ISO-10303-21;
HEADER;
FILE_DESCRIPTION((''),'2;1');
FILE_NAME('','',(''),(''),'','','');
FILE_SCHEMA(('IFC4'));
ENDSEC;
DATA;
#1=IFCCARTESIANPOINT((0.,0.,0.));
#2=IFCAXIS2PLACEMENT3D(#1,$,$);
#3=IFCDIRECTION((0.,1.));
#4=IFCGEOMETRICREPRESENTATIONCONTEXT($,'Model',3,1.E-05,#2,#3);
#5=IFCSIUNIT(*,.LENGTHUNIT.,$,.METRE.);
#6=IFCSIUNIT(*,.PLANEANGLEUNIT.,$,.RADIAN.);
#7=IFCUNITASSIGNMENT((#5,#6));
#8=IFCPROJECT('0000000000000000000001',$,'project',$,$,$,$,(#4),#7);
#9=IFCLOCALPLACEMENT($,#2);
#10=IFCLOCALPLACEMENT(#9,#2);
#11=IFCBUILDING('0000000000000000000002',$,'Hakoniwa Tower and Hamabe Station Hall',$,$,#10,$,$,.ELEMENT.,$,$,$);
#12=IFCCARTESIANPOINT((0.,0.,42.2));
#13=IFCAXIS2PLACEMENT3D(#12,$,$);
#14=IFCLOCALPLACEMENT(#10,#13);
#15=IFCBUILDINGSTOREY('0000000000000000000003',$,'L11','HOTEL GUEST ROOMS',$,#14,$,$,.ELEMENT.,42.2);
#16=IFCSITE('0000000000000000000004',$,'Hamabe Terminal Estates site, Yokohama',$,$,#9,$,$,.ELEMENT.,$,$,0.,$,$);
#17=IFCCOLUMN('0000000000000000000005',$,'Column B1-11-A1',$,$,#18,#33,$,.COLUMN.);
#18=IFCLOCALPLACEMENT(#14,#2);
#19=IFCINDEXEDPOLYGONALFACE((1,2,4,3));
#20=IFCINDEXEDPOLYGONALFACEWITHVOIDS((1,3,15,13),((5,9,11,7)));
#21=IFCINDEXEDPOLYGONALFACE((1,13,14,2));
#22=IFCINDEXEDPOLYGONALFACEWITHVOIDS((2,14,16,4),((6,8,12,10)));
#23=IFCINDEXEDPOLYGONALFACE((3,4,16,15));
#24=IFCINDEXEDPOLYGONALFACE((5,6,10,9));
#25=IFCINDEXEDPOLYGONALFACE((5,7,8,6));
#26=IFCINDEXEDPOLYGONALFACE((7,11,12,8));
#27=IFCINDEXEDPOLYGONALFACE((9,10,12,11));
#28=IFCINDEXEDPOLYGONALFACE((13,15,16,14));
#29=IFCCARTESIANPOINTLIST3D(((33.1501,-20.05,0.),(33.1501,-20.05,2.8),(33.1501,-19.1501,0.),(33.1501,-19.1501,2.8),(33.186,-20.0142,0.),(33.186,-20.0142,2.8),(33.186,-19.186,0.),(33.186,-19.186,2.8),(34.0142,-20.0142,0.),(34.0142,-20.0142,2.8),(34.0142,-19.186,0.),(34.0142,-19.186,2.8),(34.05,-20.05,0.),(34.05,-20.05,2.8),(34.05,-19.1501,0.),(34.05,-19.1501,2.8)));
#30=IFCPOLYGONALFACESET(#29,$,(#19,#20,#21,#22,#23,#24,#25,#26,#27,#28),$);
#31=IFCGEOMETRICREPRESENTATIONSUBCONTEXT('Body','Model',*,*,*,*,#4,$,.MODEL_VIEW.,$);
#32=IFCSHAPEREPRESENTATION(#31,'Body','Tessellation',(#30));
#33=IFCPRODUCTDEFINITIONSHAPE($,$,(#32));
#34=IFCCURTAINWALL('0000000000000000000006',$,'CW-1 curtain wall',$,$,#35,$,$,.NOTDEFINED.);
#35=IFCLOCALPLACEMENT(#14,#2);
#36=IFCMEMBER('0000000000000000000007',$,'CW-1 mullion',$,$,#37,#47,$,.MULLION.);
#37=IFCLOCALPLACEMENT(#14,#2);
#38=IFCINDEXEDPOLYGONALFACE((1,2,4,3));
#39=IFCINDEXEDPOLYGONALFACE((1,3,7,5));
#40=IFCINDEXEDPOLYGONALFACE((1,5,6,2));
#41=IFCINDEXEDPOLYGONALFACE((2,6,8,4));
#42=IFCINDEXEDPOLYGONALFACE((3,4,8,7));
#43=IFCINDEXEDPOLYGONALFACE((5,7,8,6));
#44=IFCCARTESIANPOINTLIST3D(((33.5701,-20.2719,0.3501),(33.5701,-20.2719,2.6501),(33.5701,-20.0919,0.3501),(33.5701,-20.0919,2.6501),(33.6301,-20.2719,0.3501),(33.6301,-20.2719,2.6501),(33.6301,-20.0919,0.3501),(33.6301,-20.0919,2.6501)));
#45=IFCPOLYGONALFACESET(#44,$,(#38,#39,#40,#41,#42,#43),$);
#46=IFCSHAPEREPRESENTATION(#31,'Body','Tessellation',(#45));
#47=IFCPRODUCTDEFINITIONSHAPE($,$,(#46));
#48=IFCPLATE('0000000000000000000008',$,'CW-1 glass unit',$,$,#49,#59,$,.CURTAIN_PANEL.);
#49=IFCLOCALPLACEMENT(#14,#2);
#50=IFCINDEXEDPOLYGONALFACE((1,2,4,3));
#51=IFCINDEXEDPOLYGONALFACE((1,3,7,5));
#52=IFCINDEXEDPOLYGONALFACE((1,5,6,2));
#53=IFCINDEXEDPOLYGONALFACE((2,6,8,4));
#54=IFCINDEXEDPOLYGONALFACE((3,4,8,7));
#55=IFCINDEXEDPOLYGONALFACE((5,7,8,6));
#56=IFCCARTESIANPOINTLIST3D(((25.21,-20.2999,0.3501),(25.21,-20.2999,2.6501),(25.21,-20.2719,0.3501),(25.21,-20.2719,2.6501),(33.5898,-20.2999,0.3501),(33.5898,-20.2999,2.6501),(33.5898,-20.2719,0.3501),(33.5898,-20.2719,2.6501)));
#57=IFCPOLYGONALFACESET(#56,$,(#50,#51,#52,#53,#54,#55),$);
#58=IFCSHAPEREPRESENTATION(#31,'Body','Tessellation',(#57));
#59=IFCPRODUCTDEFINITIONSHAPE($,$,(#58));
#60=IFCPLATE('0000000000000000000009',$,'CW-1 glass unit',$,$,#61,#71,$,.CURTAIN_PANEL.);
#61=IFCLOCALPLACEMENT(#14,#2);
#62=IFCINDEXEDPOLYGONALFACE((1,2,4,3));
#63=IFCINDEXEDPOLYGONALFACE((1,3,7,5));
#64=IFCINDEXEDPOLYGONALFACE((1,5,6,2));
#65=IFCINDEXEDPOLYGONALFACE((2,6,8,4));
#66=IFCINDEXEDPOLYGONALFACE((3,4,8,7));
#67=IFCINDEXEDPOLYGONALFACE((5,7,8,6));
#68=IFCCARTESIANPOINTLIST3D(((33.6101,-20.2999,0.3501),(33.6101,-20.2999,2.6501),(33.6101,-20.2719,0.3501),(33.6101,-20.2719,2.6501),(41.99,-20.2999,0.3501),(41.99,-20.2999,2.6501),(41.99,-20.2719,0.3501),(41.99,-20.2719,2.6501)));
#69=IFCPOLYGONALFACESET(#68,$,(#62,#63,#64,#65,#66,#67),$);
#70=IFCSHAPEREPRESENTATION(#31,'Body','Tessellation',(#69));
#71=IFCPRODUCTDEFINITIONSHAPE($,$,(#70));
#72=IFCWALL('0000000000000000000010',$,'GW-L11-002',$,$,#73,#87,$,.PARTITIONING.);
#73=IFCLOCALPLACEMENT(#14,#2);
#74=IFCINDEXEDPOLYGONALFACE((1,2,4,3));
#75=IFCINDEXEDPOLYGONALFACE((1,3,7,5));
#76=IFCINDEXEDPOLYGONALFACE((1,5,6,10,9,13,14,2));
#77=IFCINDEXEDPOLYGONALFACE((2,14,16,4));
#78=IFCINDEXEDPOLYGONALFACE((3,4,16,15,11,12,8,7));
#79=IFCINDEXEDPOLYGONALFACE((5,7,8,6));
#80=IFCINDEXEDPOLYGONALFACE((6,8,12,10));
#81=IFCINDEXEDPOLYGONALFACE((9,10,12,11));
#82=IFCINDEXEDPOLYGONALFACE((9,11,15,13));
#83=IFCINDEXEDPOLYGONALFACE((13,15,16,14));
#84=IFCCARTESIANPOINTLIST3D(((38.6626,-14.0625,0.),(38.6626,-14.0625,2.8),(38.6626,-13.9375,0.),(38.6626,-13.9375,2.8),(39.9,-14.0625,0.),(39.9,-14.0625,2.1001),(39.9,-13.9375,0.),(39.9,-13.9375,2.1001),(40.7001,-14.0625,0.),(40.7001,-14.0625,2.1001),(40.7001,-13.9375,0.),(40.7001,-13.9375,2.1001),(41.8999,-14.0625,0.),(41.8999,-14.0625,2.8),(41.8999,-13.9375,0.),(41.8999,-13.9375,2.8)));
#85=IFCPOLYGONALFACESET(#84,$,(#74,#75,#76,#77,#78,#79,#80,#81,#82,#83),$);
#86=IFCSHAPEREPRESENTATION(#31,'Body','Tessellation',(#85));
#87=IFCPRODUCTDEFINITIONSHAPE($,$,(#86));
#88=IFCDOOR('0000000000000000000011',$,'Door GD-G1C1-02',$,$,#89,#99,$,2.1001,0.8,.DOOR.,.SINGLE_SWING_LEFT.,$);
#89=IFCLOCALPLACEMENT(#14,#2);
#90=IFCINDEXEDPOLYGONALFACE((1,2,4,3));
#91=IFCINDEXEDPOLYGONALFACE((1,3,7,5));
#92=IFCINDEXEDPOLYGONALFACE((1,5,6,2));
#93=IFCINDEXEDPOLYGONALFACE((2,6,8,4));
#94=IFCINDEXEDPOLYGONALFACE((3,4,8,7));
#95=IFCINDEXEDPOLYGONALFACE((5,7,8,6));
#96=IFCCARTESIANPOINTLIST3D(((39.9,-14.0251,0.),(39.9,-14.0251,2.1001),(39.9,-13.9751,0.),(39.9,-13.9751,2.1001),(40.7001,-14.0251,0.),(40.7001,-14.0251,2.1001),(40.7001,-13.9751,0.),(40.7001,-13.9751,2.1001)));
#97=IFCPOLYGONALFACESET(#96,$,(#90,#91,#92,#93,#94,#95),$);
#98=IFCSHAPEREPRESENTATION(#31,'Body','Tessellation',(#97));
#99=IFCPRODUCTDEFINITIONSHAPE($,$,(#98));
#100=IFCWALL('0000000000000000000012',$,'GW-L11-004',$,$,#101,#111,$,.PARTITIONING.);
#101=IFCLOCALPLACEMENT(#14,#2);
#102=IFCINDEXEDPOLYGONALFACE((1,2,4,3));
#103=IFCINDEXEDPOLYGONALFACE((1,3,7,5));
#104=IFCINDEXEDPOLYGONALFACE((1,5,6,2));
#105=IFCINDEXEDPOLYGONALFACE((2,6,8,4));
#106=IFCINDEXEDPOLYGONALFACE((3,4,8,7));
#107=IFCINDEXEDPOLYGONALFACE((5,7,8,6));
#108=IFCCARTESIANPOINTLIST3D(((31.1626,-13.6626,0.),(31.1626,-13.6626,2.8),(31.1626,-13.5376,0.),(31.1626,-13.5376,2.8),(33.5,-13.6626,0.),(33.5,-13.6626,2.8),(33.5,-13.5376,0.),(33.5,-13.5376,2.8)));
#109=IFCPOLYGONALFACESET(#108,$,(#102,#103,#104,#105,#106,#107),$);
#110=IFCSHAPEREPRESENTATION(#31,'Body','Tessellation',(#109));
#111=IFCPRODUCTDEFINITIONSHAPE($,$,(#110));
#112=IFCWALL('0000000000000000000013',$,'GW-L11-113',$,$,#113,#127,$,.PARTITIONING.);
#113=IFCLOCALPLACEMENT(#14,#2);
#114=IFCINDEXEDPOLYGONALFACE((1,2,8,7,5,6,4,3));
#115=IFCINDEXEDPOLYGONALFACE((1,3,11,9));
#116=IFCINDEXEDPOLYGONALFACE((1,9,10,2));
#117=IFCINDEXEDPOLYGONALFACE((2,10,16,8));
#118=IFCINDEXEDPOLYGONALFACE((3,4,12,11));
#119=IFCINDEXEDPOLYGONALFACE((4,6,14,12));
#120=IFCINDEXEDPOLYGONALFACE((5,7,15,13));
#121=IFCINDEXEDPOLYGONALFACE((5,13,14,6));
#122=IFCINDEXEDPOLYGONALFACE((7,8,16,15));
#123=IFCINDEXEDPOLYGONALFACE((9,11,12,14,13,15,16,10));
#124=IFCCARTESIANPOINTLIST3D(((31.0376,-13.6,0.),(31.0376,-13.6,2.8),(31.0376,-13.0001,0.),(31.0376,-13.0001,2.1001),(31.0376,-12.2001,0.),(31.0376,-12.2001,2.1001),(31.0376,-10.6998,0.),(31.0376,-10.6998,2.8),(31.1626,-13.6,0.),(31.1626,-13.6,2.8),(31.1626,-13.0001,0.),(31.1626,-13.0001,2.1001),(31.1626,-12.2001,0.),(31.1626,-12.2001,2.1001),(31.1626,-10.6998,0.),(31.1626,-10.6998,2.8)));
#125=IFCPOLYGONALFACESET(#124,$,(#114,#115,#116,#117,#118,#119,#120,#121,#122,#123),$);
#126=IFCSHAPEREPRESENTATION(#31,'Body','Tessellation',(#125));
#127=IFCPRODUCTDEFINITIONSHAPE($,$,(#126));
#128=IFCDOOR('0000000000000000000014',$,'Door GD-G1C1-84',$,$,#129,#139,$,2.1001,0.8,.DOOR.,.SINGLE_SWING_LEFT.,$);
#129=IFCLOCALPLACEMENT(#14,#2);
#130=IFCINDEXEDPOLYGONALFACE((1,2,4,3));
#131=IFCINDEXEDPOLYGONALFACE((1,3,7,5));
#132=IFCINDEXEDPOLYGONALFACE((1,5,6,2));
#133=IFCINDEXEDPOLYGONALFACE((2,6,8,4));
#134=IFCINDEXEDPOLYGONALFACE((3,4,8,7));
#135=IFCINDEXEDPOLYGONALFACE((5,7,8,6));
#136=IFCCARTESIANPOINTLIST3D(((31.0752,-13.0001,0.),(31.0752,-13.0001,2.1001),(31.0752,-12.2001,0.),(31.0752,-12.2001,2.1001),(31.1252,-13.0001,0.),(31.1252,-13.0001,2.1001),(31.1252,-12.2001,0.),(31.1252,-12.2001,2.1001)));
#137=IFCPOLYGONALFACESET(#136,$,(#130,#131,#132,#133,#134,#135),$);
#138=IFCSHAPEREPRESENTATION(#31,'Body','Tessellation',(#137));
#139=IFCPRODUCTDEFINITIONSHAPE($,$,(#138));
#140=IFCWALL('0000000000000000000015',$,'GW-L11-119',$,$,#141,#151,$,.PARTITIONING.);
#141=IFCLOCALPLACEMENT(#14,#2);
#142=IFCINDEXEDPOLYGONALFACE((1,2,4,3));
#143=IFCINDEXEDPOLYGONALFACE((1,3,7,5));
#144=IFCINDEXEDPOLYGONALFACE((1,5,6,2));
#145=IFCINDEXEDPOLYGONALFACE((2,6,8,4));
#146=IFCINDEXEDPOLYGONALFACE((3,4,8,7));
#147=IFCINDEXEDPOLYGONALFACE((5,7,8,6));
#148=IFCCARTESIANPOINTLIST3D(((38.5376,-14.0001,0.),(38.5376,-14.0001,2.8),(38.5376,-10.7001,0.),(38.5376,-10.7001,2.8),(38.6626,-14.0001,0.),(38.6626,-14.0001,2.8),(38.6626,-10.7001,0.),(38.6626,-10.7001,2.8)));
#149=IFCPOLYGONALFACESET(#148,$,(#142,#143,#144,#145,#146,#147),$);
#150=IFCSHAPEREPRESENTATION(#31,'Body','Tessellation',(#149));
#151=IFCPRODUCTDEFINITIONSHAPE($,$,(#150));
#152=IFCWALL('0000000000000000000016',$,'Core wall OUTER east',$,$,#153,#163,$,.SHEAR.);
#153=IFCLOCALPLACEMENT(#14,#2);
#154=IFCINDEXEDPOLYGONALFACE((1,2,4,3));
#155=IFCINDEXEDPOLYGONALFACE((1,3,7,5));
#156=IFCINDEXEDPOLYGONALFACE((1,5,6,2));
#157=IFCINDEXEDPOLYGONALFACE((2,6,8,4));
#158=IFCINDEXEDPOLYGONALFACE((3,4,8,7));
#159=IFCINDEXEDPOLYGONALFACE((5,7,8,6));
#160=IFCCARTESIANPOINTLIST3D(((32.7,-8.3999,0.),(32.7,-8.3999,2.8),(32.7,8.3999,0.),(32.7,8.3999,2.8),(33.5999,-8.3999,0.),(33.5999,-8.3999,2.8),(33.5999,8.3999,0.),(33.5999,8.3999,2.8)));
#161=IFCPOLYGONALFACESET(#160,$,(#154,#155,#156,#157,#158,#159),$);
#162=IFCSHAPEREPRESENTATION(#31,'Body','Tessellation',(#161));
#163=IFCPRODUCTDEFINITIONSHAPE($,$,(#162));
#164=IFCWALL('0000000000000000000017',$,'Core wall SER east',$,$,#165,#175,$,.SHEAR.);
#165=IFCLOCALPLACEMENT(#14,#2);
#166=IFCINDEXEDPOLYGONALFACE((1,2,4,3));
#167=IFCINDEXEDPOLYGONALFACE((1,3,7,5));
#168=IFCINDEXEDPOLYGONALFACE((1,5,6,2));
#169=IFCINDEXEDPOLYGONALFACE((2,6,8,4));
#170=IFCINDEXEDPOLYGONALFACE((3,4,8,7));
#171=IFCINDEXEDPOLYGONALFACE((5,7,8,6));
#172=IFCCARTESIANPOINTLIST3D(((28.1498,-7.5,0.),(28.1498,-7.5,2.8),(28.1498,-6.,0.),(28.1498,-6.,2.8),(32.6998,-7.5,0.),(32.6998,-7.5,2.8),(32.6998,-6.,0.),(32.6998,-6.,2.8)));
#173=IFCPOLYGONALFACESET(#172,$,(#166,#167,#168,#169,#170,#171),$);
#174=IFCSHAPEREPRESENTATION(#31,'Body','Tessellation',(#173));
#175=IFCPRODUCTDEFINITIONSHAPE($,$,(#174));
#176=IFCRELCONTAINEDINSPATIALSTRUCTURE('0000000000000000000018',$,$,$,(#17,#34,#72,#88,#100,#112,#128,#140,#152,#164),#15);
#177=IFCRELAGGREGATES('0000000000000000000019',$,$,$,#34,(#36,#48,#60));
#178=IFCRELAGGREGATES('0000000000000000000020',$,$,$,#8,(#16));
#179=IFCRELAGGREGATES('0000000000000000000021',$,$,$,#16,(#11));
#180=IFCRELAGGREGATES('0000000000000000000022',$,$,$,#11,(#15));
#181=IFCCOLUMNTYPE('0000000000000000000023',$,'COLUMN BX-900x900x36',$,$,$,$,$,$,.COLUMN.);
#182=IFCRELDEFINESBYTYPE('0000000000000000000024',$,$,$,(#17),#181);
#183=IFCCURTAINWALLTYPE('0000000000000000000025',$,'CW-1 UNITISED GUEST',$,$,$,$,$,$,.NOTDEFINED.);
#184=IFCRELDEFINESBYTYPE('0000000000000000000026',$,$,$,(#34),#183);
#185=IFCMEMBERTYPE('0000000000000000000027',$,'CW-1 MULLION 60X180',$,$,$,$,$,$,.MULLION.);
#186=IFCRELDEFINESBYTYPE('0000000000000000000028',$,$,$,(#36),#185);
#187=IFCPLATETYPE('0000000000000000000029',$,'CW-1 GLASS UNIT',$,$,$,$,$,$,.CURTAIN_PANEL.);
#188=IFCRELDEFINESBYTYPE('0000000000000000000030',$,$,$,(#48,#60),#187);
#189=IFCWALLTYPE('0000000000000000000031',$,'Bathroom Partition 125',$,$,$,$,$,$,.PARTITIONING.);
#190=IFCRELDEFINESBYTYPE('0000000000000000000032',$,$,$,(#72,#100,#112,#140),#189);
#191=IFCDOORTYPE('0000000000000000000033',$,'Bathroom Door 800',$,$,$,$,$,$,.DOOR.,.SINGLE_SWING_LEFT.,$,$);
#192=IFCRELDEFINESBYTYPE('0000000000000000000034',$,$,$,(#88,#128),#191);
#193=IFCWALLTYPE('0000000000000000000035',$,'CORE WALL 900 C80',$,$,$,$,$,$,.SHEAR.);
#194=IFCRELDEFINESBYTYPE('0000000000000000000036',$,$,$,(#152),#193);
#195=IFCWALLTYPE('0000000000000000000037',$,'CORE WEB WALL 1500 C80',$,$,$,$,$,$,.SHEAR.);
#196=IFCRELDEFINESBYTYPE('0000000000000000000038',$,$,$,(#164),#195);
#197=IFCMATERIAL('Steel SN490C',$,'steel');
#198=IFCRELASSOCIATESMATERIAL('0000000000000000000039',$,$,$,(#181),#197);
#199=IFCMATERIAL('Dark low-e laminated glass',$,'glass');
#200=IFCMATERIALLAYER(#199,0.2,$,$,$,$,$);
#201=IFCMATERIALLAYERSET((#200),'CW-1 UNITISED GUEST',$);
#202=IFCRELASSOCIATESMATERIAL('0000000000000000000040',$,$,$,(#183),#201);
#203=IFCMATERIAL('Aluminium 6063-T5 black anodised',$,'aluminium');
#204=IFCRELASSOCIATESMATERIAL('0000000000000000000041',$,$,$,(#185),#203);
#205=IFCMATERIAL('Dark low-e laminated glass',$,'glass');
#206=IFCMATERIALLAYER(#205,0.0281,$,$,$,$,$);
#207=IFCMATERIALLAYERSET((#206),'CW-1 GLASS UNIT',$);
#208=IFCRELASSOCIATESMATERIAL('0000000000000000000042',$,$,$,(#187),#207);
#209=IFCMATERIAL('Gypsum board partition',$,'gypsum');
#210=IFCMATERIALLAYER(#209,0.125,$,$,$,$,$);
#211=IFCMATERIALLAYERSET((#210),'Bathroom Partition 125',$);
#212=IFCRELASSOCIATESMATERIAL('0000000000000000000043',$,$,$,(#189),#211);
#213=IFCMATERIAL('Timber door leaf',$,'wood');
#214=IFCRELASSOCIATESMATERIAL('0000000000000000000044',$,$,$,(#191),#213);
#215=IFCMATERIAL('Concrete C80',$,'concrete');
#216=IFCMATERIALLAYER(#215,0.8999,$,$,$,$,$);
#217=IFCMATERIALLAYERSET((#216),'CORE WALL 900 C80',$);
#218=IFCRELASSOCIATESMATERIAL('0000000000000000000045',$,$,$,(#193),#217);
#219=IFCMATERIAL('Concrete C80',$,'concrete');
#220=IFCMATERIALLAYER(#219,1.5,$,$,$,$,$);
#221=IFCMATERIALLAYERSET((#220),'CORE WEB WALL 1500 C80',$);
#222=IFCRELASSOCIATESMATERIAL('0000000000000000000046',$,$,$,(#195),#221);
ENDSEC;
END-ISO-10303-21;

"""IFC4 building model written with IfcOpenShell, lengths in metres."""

from ifc_helpers import new_model, si_unit, direction, frame, frame_2d, origin, origin_2d, place, context, subcontext, project, spatial, rectangle, hollow_rectangle, extrude, material, layer, layer_set, material_profile, profile_set, type_object, element, fill, aggregate, save


model = new_model("IFC4")

# Units and contexts
model_context = context("Model", 3, precision=1e-05, world=origin(), true_north=direction((0.0, 1.0)))
body_context = subcontext(model_context, "Body", "Model", "MODEL_VIEW")
ifc_project = project(units=[si_unit("LENGTHUNIT", "METRE"), si_unit("PLANEANGLEUNIT", "RADIAN")], contexts=[model_context])

# Site, building, storey
site_placement = place(None, origin())
site = spatial("IfcSite", under=ifc_project, at=site_placement, Name="Hamabe Terminal Estates site, Yokohama", CompositionType="ELEMENT", RefElevation=0.0)
building_placement = place(site_placement, origin())
building = spatial("IfcBuilding", under=site, at=building_placement, Name="Hakoniwa Tower and Hamabe Station Hall", CompositionType="ELEMENT")
storey_placement = place(building_placement, frame((0.0, 0.0, 42.2)))
storey = spatial("IfcBuildingStorey", under=building, at=storey_placement, Name="L11", Description="HOTEL GUEST ROOMS", CompositionType="ELEMENT", Elevation=42.2)

# Column
ifc_material_1 = material(Name="Steel SN490C", Category="steel")
ifc_material_profile_1 = material_profile(ifc_material_1, hollow_rectangle(XDim=0.8999, YDim=0.8999, WallThickness=0.0359, at=origin_2d()), Name="BX-900x900x36")
ifc_profile_set_1 = profile_set([ifc_material_profile_1], Name="Steel SN490C")
column_type = type_object("IfcColumnType", Name="COLUMN BX-900x900x36", PredefinedType="COLUMN", material=ifc_profile_set_1)
column_placement = place(storey_placement, frame((33.6001, -19.6001, 0.0), z_axis=(0.0, 0.0, 1.0), x_axis=(1.0, 0.0, 0.0)))
element("IfcColumn", 1, at=column_placement, inside=storey, type_object=column_type, Name="Column B1-11-A1", PredefinedType="COLUMN", context=body_context, shape_type="SweptSolid", body=[
    extrude(hollow_rectangle(XDim=0.8999, YDim=0.8999, WallThickness=0.0359, at=origin_2d()), origin(), (0.0, 0.0, 1.0), 2.8),
])

# Curtain wall, member, plates
ifc_material_2 = material(Name="Dark low-e laminated glass", Category="glass")
ifc_layer_1 = layer(ifc_material_2, 0.2)
ifc_layer_set_1 = layer_set([ifc_layer_1], Name="CW-1 UNITISED GUEST")
curtain_wall_type = type_object("IfcCurtainWallType", Name="CW-1 UNITISED GUEST", PredefinedType="NOTDEFINED", material=ifc_layer_set_1)
curtain_wall_placement = place(storey_placement, origin())
curtain_wall = element("IfcCurtainWall", 2, at=curtain_wall_placement, inside=storey, type_object=curtain_wall_type, Name="CW-1 curtain wall", PredefinedType="NOTDEFINED")
ifc_material_3 = material(Name="Aluminium 6063-T5 black anodised", Category="aluminium")
ifc_material_profile_2 = material_profile(ifc_material_3, rectangle(XDim=0.0601, YDim=0.1799, at=origin_2d()), Name="CW-1 MULLION 60X180")
ifc_profile_set_2 = profile_set([ifc_material_profile_2], Name="Aluminium 6063-T5 black anodised")
member_type = type_object("IfcMemberType", Name="CW-1 MULLION 60X180", PredefinedType="MULLION", material=ifc_profile_set_2)
member_placement = place(storey_placement, frame((33.6001, -20.1819, 0.3501), z_axis=(0.0, 0.0, 1.0), x_axis=(1.0, 0.0, 0.0)))
member = element("IfcMember", 3, at=member_placement, type_object=member_type, Name="CW-1 mullion", PredefinedType="MULLION", context=body_context, shape_type="SweptSolid", body=[
    extrude(rectangle(XDim=0.0601, YDim=0.1799, at=origin_2d()), origin(), (0.0, 0.0, 1.0), 2.3),
])
ifc_material_4 = material(Name="Dark low-e laminated glass", Category="glass")
ifc_layer_2 = layer(ifc_material_4, 0.0281)
ifc_layer_set_2 = layer_set([ifc_layer_2], Name="CW-1 GLASS UNIT")
plate_type = type_object("IfcPlateType", Name="CW-1 GLASS UNIT", PredefinedType="CURTAIN_PANEL", material=ifc_layer_set_2)
plate_1_placement = place(storey_placement, frame((29.3999, -20.2859, 0.3501), z_axis=(0.0, 0.0, 1.0), x_axis=(1.0, 0.0, 0.0)))
plate_1 = element("IfcPlate", 4, at=plate_1_placement, type_object=plate_type, Name="CW-1 glass unit", PredefinedType="CURTAIN_PANEL", context=body_context, shape_type="SweptSolid", body=[
    extrude(rectangle(XDim=8.3799, YDim=0.0281, at=origin_2d()), origin(), (0.0, 0.0, 1.0), 2.3),
])
plate_2_placement = place(storey_placement, frame((37.8, -20.2859, 0.3501), z_axis=(0.0, 0.0, 1.0), x_axis=(1.0, 0.0, 0.0)))
plate_2 = element("IfcPlate", 5, at=plate_2_placement, type_object=plate_type, Name="CW-1 glass unit", PredefinedType="CURTAIN_PANEL", context=body_context, shape_type="SweptSolid", body=[
    extrude(rectangle(XDim=8.3799, YDim=0.0281, at=origin_2d()), origin(), (0.0, 0.0, 1.0), 2.3),
])
aggregate(curtain_wall, [member, plate_1, plate_2])

# Wall, opening, door
ifc_material_5 = material(Name="Gypsum board partition", Category="gypsum")
ifc_layer_3 = layer(ifc_material_5, 0.125)
ifc_layer_set_3 = layer_set([ifc_layer_3], Name="Bathroom Partition 125")
wall_type_1 = type_object("IfcWallType", Name="Bathroom Partition 125", PredefinedType="PARTITIONING", material=ifc_layer_set_3)
wall_1_placement = place(storey_placement, frame((38.6626, -14.0, 0.0), z_axis=(0.0, 0.0, 1.0), x_axis=(1.0, 0.0, 0.0)))
wall_1 = element("IfcWall", 6, at=wall_1_placement, inside=storey, type_object=wall_type_1, Name="GW-L11-002", PredefinedType="PARTITIONING", context=body_context, shape_type="SweptSolid", body=[
    extrude(rectangle(XDim=3.2373, YDim=0.125, at=frame_2d((1.6187, 0.0))), origin(), (0.0, 0.0, 1.0), 2.8),
])
opening_1_placement = place(wall_1_placement, frame((1.2375, 0.0, 0.0)))
opening_1 = element("IfcOpeningElement", 7, at=opening_1_placement, cuts=wall_1, PredefinedType="OPENING", context=body_context, shape_type="SweptSolid", body=[
    extrude(rectangle(XDim=0.8, YDim=2.1001, at=frame_2d((0.3999, 1.05))), frame((0.0, 0.0725, 0.0), z_axis=(0.0, -1.0, 0.0), x_axis=(1.0, 0.0, 0.0)), (0.0, 0.0, 1.0), 0.145),
])
ifc_material_6 = material(Name="Timber door leaf", Category="wood")
door_type_1 = type_object("IfcDoorType", Name="Bathroom Door 800", OperationType="SINGLE_SWING_LEFT", PredefinedType="DOOR", material=ifc_material_6)
door_1_placement = place(opening_1_placement, origin())
door_1 = element("IfcDoor", 8, at=door_1_placement, inside=storey, type_object=door_type_1, Name="Door GD-G1C1-02", OperationType="SINGLE_SWING_LEFT", OverallHeight=2.1001, OverallWidth=0.8, PredefinedType="DOOR", context=body_context, shape_type="SweptSolid", body=[
    extrude(rectangle(XDim=0.8, YDim=2.1001, at=frame_2d((0.3999, 1.05))), frame((0.0, 0.0249, 0.0), z_axis=(0.0, -1.0, 0.0), x_axis=(1.0, 0.0, 0.0)), (0.0, 0.0, 1.0), 0.05),
])
fill(opening_1, door_1)

# Wall
wall_2_placement = place(storey_placement, frame((31.1626, -13.6001, 0.0), z_axis=(0.0, 0.0, 1.0), x_axis=(1.0, 0.0, 0.0)))
element("IfcWall", 9, at=wall_2_placement, inside=storey, type_object=wall_type_1, Name="GW-L11-004", PredefinedType="PARTITIONING", context=body_context, shape_type="SweptSolid", body=[
    extrude(rectangle(XDim=2.3374, YDim=0.125, at=frame_2d((1.1687, 0.0))), origin(), (0.0, 0.0, 1.0), 2.8),
])

# Wall, opening, door
wall_3_placement = place(storey_placement, frame((31.1001, -13.6001, 0.0), z_axis=(0.0, 0.0, 1.0), x_axis=(0.0, 1.0, 0.0)))
wall_3 = element("IfcWall", 10, at=wall_3_placement, inside=storey, type_object=wall_type_1, Name="GW-L11-113", PredefinedType="PARTITIONING", context=body_context, shape_type="SweptSolid", body=[
    extrude(rectangle(XDim=2.9001, YDim=0.125, at=frame_2d((1.4502, 0.0))), origin(), (0.0, 0.0, 1.0), 2.8),
])
opening_2_placement = place(wall_3_placement, frame((0.6001, 0.0, 0.0)))
opening_2 = element("IfcOpeningElement", 11, at=opening_2_placement, cuts=wall_3, PredefinedType="OPENING", context=body_context, shape_type="SweptSolid", body=[
    extrude(rectangle(XDim=0.8, YDim=2.1001, at=frame_2d((0.3999, 1.05))), frame((0.0, 0.0725, 0.0), z_axis=(0.0, -1.0, 0.0), x_axis=(1.0, 0.0, 0.0)), (0.0, 0.0, 1.0), 0.145),
])
door_2_placement = place(opening_2_placement, origin())
door_2 = element("IfcDoor", 12, at=door_2_placement, inside=storey, type_object=door_type_1, Name="Door GD-G1C1-84", OperationType="SINGLE_SWING_LEFT", OverallHeight=2.1001, OverallWidth=0.8, PredefinedType="DOOR", context=body_context, shape_type="SweptSolid", body=[
    extrude(rectangle(XDim=0.8, YDim=2.1001, at=frame_2d((0.3999, 1.05))), frame((0.0, 0.0249, 0.0), z_axis=(0.0, -1.0, 0.0), x_axis=(1.0, 0.0, 0.0)), (0.0, 0.0, 1.0), 0.05),
])
fill(opening_2, door_2)

# Walls
wall_4_placement = place(storey_placement, frame((38.6001, -14.0, 0.0), z_axis=(0.0, 0.0, 1.0), x_axis=(0.0, 1.0, 0.0)))
element("IfcWall", 13, at=wall_4_placement, inside=storey, type_object=wall_type_1, Name="GW-L11-119", PredefinedType="PARTITIONING", context=body_context, shape_type="SweptSolid", body=[
    extrude(rectangle(XDim=3.3, YDim=0.125, at=frame_2d((1.6499, 0.0))), origin(), (0.0, 0.0, 1.0), 2.8),
])
ifc_material_7 = material(Name="Concrete C80", Category="concrete")
ifc_layer_4 = layer(ifc_material_7, 0.8999)
ifc_layer_set_4 = layer_set([ifc_layer_4], Name="CORE WALL 900 C80")
wall_type_2 = type_object("IfcWallType", Name="CORE WALL 900 C80", PredefinedType="SHEAR", material=ifc_layer_set_4)
wall_5_placement = place(storey_placement, frame((33.1499, -8.3999, 0.0), z_axis=(0.0, 0.0, 1.0), x_axis=(0.0, 1.0, 0.0)))
element("IfcWall", 14, at=wall_5_placement, inside=storey, type_object=wall_type_2, Name="Core wall OUTER east", PredefinedType="SHEAR", context=body_context, shape_type="SweptSolid", body=[
    extrude(rectangle(XDim=16.7998, YDim=0.8999, at=frame_2d((8.3999, 0.0))), origin(), (0.0, 0.0, 1.0), 2.8),
])
ifc_material_8 = material(Name="Concrete C80", Category="concrete")
ifc_layer_5 = layer(ifc_material_8, 1.5)
ifc_layer_set_5 = layer_set([ifc_layer_5], Name="CORE WEB WALL 1500 C80")
wall_type_3 = type_object("IfcWallType", Name="CORE WEB WALL 1500 C80", PredefinedType="SHEAR", material=ifc_layer_set_5)
wall_6_placement = place(storey_placement, frame((28.1499, -6.75, 0.0), z_axis=(0.0, 0.0, 1.0), x_axis=(1.0, 0.0, 0.0)))
element("IfcWall", 15, at=wall_6_placement, inside=storey, type_object=wall_type_3, Name="Core wall SER east", PredefinedType="SHEAR", context=body_context, shape_type="SweptSolid", body=[
    extrude(rectangle(XDim=4.55, YDim=1.5, at=frame_2d((2.2749, 0.0))), origin(), (0.0, 0.0, 1.0), 2.8),
])

save(model, "model.ifc")
